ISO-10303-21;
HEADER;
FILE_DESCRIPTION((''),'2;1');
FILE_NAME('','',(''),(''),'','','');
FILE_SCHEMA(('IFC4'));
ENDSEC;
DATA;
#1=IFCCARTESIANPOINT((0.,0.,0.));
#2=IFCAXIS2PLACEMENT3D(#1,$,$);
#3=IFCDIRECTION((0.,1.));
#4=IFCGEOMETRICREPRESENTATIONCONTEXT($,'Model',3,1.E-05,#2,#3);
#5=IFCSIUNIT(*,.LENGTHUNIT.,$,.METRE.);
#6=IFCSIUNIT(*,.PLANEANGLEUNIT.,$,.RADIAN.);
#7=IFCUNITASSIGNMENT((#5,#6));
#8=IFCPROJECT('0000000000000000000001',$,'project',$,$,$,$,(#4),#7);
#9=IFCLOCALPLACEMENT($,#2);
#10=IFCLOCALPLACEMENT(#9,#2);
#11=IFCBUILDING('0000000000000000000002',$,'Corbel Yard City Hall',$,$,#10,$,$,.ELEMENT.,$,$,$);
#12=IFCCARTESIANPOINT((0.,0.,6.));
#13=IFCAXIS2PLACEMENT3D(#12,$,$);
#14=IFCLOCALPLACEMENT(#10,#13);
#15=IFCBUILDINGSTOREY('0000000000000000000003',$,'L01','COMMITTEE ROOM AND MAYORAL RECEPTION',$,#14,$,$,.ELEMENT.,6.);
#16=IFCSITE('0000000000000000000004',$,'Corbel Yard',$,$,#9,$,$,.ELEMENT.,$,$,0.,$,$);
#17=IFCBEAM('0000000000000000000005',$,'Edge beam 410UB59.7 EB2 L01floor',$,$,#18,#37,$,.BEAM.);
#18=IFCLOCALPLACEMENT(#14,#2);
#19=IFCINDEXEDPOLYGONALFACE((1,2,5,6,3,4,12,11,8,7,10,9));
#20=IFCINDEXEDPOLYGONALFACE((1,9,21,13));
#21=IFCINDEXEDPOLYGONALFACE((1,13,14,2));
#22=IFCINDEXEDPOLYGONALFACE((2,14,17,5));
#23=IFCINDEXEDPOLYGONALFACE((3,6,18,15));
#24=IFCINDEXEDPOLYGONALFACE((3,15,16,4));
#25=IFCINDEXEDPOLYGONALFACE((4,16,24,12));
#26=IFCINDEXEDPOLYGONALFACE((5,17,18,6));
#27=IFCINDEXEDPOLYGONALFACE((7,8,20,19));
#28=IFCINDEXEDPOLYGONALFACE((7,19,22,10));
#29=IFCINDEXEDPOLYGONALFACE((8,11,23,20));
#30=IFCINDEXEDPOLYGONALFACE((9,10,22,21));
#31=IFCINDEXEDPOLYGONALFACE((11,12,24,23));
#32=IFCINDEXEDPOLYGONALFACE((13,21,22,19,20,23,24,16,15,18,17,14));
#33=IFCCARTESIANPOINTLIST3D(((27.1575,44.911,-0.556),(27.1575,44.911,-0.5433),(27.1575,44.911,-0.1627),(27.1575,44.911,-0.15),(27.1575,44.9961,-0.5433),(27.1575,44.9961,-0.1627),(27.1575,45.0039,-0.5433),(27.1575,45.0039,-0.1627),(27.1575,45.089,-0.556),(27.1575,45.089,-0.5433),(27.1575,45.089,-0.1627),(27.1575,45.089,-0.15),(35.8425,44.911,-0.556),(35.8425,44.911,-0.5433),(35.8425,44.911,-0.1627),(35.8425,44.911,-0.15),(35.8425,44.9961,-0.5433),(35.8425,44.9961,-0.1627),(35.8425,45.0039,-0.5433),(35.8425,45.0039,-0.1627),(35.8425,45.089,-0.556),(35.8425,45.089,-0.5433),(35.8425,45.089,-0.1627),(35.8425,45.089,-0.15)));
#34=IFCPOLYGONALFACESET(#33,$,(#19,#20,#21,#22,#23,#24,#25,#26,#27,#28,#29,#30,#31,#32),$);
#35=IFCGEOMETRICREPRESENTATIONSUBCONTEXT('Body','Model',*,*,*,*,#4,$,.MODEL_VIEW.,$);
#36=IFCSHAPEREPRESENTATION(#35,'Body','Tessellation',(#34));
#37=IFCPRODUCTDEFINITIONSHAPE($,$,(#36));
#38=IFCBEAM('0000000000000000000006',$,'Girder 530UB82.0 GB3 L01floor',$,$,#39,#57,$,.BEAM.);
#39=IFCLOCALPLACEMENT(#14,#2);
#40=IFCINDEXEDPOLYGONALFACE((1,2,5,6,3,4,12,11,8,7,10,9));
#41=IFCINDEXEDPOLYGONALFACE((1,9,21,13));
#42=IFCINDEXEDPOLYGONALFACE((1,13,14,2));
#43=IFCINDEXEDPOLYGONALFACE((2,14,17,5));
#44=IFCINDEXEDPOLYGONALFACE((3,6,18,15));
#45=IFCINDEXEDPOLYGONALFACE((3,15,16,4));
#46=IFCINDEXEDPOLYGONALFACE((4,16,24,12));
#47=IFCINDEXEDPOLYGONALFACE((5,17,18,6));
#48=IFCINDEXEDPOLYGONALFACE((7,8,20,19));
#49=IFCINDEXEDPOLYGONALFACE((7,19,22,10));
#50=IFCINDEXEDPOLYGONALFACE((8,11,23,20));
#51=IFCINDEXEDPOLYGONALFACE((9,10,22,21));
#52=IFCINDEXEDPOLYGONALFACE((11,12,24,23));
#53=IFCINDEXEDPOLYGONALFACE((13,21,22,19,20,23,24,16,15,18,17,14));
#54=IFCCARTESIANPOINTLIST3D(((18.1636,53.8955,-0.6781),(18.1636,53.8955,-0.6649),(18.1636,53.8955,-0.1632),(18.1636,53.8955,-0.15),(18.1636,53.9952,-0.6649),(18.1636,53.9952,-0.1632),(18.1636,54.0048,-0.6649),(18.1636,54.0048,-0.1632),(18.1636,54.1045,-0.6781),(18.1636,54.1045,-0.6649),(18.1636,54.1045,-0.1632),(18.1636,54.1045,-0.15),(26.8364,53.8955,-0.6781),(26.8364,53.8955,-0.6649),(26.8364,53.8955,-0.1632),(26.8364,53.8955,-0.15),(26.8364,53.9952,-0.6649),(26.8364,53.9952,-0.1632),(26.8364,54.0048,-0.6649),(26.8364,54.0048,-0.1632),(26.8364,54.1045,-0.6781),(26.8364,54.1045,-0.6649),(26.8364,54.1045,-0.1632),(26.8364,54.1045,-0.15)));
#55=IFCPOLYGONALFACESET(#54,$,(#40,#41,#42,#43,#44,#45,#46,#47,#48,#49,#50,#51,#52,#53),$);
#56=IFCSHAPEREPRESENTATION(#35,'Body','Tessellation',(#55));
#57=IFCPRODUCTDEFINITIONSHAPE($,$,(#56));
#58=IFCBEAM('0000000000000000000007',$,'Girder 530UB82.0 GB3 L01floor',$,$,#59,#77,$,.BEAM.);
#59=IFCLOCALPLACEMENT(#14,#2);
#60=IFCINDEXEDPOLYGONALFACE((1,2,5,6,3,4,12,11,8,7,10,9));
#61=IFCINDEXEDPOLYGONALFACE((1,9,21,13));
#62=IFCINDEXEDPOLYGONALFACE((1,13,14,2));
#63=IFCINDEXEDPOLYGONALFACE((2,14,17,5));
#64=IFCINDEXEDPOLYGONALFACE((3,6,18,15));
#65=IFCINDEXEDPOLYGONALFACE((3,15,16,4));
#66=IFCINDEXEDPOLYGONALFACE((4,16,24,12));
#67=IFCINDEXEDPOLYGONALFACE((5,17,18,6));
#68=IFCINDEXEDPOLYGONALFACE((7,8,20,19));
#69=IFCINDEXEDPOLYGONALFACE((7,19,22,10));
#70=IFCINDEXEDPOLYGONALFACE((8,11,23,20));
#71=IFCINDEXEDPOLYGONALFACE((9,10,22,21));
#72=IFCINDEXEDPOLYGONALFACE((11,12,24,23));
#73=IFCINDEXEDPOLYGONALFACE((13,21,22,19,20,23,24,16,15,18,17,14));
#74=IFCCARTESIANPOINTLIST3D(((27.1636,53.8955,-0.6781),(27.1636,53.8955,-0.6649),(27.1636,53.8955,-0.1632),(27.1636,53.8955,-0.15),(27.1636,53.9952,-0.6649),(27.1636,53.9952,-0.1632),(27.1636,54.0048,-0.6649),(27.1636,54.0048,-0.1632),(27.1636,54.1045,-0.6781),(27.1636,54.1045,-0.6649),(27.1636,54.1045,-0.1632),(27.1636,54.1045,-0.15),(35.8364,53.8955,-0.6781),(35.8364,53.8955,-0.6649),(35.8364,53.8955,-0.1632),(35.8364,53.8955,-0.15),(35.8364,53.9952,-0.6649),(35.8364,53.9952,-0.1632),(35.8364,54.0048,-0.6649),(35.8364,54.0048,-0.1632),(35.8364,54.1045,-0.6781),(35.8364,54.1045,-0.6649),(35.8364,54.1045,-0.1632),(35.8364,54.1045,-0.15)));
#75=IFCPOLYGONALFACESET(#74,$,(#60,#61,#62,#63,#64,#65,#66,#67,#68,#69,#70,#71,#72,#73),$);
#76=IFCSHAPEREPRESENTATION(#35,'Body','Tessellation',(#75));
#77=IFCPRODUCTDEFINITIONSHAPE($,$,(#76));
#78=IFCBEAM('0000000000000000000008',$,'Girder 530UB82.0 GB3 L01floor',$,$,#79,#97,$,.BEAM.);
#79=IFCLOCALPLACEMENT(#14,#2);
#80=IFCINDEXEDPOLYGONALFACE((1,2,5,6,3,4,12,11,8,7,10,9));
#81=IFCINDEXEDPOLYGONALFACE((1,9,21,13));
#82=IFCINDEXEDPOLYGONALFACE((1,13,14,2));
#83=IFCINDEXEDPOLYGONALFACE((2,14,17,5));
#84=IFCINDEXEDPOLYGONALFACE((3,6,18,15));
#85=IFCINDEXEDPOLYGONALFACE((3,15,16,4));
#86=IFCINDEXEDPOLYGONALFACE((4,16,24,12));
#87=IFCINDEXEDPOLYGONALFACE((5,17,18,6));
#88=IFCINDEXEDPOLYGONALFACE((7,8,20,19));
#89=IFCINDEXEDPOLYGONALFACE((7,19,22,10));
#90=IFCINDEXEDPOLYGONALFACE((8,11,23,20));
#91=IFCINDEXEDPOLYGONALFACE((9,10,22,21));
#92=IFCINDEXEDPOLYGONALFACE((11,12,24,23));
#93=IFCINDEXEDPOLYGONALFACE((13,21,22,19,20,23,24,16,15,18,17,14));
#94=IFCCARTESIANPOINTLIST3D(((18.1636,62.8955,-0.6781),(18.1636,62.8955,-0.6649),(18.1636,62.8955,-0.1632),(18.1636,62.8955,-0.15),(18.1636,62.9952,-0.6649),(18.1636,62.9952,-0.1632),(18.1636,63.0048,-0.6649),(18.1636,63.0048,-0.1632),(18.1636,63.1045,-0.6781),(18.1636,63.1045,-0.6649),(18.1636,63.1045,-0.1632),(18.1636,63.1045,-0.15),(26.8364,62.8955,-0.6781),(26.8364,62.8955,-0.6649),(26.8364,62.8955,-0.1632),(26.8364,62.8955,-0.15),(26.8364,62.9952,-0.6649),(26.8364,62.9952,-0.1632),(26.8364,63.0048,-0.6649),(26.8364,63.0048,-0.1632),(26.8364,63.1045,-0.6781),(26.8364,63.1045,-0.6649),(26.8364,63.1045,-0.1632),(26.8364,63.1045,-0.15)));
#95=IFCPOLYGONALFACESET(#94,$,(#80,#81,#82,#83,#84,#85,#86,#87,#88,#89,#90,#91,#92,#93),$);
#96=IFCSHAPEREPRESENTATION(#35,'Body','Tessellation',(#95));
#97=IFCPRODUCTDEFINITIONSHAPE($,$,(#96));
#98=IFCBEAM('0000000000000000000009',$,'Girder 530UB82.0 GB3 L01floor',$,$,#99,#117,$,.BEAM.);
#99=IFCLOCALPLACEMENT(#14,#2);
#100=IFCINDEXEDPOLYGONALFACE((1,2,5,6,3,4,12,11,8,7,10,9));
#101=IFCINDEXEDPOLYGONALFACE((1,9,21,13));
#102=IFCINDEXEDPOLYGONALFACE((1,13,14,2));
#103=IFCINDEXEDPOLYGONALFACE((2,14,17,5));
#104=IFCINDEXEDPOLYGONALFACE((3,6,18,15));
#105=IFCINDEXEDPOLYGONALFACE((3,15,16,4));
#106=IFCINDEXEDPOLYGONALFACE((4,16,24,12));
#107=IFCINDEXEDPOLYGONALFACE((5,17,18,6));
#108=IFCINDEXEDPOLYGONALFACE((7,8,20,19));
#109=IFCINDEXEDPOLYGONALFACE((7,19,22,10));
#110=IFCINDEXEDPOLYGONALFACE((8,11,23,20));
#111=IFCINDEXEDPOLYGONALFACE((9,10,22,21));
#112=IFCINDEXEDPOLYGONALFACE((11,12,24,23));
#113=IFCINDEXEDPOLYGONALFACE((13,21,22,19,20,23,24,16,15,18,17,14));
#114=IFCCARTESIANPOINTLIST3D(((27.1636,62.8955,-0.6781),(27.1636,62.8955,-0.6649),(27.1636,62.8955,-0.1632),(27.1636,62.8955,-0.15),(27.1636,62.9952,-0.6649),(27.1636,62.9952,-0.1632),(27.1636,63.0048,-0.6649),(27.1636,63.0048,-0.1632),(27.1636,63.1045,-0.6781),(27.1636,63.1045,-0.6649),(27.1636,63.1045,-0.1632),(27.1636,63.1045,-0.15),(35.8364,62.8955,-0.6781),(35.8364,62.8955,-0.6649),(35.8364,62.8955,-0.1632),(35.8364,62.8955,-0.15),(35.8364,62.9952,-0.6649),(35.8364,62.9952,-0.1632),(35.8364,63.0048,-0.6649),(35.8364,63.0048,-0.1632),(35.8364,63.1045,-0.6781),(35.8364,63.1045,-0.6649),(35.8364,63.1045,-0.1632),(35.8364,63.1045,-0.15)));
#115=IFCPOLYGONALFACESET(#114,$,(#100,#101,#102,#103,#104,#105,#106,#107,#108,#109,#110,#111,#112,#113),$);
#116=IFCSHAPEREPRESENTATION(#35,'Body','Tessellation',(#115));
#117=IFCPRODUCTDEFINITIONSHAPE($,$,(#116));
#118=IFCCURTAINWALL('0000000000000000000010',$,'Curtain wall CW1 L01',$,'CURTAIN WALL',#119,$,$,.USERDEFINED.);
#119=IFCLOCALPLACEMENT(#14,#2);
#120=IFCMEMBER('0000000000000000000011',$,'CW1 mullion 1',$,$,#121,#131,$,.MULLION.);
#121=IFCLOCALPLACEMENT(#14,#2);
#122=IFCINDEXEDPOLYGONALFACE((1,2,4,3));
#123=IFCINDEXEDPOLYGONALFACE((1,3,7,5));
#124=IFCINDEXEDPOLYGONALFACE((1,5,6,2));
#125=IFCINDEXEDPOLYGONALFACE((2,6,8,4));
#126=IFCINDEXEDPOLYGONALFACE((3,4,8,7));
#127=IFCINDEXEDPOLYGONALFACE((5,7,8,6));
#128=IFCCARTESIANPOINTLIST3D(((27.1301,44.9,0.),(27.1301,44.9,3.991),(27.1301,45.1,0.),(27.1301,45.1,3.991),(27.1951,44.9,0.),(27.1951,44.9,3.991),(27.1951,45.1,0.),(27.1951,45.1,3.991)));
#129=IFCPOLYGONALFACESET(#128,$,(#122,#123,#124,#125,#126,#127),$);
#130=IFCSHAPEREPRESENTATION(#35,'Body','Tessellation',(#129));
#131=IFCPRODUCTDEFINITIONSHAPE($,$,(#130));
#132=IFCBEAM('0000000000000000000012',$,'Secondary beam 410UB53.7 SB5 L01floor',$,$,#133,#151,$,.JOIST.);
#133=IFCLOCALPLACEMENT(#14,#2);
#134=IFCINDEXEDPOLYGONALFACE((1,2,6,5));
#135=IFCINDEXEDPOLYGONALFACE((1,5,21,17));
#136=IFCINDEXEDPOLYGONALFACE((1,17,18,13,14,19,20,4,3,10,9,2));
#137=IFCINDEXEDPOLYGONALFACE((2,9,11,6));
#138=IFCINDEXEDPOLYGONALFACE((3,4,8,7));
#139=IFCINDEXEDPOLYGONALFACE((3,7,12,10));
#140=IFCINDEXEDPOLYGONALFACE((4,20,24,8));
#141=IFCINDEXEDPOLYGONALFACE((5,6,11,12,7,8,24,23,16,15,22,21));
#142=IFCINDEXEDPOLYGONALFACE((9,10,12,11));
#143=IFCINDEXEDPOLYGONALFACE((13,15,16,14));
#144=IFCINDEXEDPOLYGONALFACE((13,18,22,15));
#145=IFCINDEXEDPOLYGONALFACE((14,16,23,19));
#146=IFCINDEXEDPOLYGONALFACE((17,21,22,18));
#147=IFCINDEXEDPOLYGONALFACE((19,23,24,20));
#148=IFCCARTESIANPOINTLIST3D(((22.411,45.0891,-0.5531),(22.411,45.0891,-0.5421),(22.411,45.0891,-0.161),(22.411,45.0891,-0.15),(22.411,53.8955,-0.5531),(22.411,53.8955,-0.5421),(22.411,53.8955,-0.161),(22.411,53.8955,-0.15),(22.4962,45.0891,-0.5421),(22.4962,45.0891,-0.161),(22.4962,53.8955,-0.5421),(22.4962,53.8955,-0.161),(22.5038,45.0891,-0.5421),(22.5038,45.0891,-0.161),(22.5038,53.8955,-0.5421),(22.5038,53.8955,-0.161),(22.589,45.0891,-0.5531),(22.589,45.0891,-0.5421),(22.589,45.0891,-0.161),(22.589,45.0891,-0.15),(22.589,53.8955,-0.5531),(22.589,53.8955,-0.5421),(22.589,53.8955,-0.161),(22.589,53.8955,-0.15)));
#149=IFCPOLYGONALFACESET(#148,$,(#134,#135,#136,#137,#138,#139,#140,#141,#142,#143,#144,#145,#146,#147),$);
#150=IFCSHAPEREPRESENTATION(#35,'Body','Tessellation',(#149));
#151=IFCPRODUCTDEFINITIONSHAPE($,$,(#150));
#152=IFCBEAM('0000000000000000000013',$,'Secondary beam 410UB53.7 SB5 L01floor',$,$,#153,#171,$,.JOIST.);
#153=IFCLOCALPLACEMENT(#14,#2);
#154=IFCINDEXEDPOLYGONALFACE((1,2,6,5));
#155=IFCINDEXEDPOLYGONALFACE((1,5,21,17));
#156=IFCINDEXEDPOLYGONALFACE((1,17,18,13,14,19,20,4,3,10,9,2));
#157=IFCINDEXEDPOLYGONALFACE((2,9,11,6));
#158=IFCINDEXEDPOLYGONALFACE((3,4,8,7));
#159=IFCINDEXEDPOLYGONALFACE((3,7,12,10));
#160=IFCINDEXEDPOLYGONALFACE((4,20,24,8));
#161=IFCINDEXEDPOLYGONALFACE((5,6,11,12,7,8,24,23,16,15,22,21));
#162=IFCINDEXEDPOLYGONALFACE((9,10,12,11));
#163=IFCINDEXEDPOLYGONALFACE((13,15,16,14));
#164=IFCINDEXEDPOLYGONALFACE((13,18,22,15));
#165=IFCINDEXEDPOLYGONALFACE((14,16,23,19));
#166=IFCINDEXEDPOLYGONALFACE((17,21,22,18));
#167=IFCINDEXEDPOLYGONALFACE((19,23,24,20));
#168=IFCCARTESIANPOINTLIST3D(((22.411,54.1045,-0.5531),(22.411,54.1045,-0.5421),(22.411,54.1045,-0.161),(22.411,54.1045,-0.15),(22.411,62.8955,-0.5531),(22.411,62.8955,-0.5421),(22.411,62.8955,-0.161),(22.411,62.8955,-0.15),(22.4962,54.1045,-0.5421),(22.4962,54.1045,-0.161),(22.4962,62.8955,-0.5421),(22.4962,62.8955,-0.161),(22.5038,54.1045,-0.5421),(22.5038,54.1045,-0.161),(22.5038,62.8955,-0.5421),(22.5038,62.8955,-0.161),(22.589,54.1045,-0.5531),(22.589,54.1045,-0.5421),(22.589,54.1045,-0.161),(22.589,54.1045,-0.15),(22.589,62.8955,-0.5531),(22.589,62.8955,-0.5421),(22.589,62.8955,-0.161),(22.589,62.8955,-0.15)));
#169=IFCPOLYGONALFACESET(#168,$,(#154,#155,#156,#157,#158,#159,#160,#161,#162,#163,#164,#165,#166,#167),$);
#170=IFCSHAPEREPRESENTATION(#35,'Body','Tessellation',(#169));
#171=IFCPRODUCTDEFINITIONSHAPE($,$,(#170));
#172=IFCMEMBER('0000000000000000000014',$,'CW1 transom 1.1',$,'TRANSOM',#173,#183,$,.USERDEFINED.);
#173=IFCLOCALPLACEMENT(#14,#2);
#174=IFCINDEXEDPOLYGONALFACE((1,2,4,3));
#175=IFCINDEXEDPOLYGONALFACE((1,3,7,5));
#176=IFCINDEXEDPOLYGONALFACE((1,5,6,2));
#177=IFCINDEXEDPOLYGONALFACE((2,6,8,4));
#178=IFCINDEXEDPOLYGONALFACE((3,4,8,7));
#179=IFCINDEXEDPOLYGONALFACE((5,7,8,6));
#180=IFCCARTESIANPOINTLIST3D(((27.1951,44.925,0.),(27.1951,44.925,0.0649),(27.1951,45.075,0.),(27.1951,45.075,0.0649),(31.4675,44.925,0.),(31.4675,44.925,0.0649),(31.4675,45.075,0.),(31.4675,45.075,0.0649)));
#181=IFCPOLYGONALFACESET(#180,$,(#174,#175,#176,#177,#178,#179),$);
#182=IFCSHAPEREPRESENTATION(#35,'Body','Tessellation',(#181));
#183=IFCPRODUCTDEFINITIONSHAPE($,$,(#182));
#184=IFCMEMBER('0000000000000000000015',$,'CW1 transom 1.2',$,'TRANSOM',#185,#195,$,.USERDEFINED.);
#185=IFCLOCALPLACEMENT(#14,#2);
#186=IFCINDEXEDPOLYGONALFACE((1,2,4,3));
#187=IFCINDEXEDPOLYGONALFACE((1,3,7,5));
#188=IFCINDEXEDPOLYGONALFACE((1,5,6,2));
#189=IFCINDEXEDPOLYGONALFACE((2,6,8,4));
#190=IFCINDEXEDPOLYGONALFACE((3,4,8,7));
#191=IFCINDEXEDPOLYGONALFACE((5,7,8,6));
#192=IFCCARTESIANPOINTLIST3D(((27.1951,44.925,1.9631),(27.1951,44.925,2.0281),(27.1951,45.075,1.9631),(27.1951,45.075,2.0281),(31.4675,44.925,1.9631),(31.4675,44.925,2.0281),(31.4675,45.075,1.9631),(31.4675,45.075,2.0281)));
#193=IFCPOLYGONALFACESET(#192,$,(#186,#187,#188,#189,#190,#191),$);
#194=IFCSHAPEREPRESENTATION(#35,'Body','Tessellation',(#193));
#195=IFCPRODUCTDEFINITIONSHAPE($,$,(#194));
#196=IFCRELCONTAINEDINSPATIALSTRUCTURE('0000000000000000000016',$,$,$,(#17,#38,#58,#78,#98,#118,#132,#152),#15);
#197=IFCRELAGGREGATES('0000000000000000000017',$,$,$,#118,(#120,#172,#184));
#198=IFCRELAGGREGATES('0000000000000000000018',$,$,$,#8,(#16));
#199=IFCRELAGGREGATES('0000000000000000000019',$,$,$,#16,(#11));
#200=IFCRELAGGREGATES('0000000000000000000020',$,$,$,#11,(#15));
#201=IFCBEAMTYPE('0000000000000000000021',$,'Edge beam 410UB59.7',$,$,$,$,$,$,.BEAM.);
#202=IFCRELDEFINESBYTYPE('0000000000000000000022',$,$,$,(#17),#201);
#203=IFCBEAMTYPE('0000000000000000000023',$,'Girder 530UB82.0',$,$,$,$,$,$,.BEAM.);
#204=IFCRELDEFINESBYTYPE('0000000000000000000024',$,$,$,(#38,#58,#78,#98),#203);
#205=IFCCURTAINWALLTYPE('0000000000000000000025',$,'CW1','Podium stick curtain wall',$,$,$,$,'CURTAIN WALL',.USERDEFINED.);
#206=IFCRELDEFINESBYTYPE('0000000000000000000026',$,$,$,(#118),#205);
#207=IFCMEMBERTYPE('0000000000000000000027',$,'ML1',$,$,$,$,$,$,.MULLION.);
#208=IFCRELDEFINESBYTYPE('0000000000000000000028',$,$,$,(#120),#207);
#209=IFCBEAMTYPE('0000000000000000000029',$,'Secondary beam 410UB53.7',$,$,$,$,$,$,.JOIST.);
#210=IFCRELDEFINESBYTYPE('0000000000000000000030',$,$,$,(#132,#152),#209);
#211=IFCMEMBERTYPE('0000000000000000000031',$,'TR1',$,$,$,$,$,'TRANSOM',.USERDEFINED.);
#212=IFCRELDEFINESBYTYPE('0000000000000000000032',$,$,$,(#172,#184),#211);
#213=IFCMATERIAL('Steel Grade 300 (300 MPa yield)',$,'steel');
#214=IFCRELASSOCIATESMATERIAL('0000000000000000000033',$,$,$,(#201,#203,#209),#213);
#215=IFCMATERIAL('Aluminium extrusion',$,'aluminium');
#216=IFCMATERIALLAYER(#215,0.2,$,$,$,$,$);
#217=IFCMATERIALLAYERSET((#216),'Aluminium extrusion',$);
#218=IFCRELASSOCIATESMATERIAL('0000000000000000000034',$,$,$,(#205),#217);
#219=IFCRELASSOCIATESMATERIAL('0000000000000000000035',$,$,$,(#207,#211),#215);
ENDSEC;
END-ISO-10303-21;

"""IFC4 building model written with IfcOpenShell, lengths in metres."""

from ifc_helpers import new_model, si_unit, direction, frame, origin, origin_2d, place, context, subcontext, project, spatial, rectangle, i_section, extrude, material, layer, layer_set, material_profile, profile_set, type_object, element, aggregate, save


model = new_model("IFC4")

# Units and contexts
model_context = context("Model", 3, precision=1e-05, world=origin(), true_north=direction((0.0, 1.0)))
body_context = subcontext(model_context, "Body", "Model", "MODEL_VIEW")
ifc_project = project(units=[si_unit("LENGTHUNIT", "METRE"), si_unit("PLANEANGLEUNIT", "RADIAN")], contexts=[model_context])

# Site, building, storey
site_placement = place(None, origin())
site = spatial("IfcSite", under=ifc_project, at=site_placement, Name="Corbel Yard", CompositionType="ELEMENT", RefElevation=0.0)
building_placement = place(site_placement, origin())
building = spatial("IfcBuilding", under=site, at=building_placement, Name="Corbel Yard City Hall", CompositionType="ELEMENT")
storey_placement = place(building_placement, frame((0.0, 0.0, 6.0)))
storey = spatial("IfcBuildingStorey", under=building, at=storey_placement, Name="L01", Description="COMMITTEE ROOM AND MAYORAL RECEPTION", CompositionType="ELEMENT", Elevation=6.0)

# Shared definitions
ifc_material_1 = material(Name="Steel Grade 300 (300 MPa yield)", Category="steel")

# Beams
ifc_material_profile_1 = material_profile(ifc_material_1, i_section(OverallWidth=0.178, OverallDepth=0.406, WebThickness=0.0078, FlangeThickness=0.0127, at=origin_2d()), Name="410UB59.7")
ifc_profile_set_1 = profile_set([ifc_material_profile_1], Name="Steel Grade 300 (300 MPa yield)")
beam_type_1 = type_object("IfcBeamType", Name="Edge beam 410UB59.7", PredefinedType="BEAM", material=ifc_profile_set_1)
beam_1_placement = place(storey_placement, frame((27.1575, 45.0, -0.353), z_axis=(1.0, 0.0, 0.0), x_axis=(0.0, 1.0, 0.0)))
element("IfcBeam", 1, at=beam_1_placement, inside=storey, type_object=beam_type_1, Name="Edge beam 410UB59.7 EB2 L01floor", PredefinedType="BEAM", context=body_context, shape_type="SweptSolid", body=[
    extrude(i_section(OverallWidth=0.178, OverallDepth=0.406, WebThickness=0.0078, FlangeThickness=0.0127, at=origin_2d()), origin(), (0.0, 0.0, 1.0), 8.6851),
])
ifc_material_profile_2 = material_profile(ifc_material_1, i_section(OverallWidth=0.209, OverallDepth=0.5281, WebThickness=0.0095, FlangeThickness=0.0132, at=origin_2d()), Name="530UB82.0")
ifc_profile_set_2 = profile_set([ifc_material_profile_2], Name="Steel Grade 300 (300 MPa yield)")
beam_type_2 = type_object("IfcBeamType", Name="Girder 530UB82.0", PredefinedType="BEAM", material=ifc_profile_set_2)
for number, where, z_axis, x_axis, name in (
    (2, (18.1636, 54.0, -0.4141), (1.0, 0.0, 0.0), (0.0, 1.0, 0.0), "Girder 530UB82.0 GB3 L01floor"),
    (3, (27.1636, 54.0, -0.4141), (1.0, 0.0, 0.0), (0.0, 1.0, 0.0), "Girder 530UB82.0 GB3 L01floor"),
    (4, (18.1636, 63.0, -0.4141), (1.0, 0.0, 0.0), (0.0, 1.0, 0.0), "Girder 530UB82.0 GB3 L01floor"),
    (5, (27.1636, 63.0, -0.4141), (1.0, 0.0, 0.0), (0.0, 1.0, 0.0), "Girder 530UB82.0 GB3 L01floor"),
):
    element("IfcBeam", number, at=place(storey_placement, frame(where, z_axis=z_axis, x_axis=x_axis)), inside=storey, type_object=beam_type_2, Name=name, PredefinedType="BEAM", context=body_context, shape_type="SweptSolid", body=[
        extrude(i_section(OverallWidth=0.209, OverallDepth=0.5281, WebThickness=0.0095, FlangeThickness=0.0132, at=origin_2d()), origin(), (0.0, 0.0, 1.0), 8.6729),
    ])

# Curtain wall, member
ifc_material_2 = material(Name="Aluminium extrusion", Category="aluminium")
ifc_layer_1 = layer(ifc_material_2, 0.2)
ifc_layer_set_1 = layer_set([ifc_layer_1], Name="Aluminium extrusion")
curtain_wall_type = type_object("IfcCurtainWallType", Name="CW1", Description="Podium stick curtain wall", ElementType="CURTAIN WALL", PredefinedType="USERDEFINED", material=ifc_layer_set_1)
curtain_wall_placement = place(storey_placement, origin())
curtain_wall = element("IfcCurtainWall", 6, at=curtain_wall_placement, inside=storey, type_object=curtain_wall_type, Name="Curtain wall CW1 L01", ObjectType="CURTAIN WALL", PredefinedType="USERDEFINED")
ifc_material_profile_3 = material_profile(ifc_material_2, rectangle(XDim=0.2, YDim=0.0649, at=origin_2d()), Name="200x65")
ifc_profile_set_3 = profile_set([ifc_material_profile_3], Name="Aluminium extrusion")
member_type_1 = type_object("IfcMemberType", Name="ML1", PredefinedType="MULLION", material=ifc_profile_set_3)
member_1_placement = place(storey_placement, frame((27.1626, 45.0, 0.0), z_axis=(0.0, 0.0, 1.0), x_axis=(0.0, 1.0, 0.0)))
member_1 = element("IfcMember", 7, at=member_1_placement, type_object=member_type_1, Name="CW1 mullion 1", PredefinedType="MULLION", context=body_context, shape_type="SweptSolid", body=[
    extrude(rectangle(XDim=0.2, YDim=0.0649, at=origin_2d()), origin(), (0.0, 0.0, 1.0), 3.991),
])

# Beams
ifc_material_profile_4 = material_profile(ifc_material_1, i_section(OverallWidth=0.178, OverallDepth=0.4031, WebThickness=0.0076, FlangeThickness=0.011, at=origin_2d()), Name="410UB53.7")
ifc_profile_set_4 = profile_set([ifc_material_profile_4], Name="Steel Grade 300 (300 MPa yield)")
beam_type_3 = type_object("IfcBeamType", Name="Secondary beam 410UB53.7", PredefinedType="JOIST", material=ifc_profile_set_4)
beam_2_placement = place(storey_placement, frame((22.5, 45.0891, -0.3516), z_axis=(0.0, 1.0, 0.0), x_axis=(-1.0, 0.0, 0.0)))
element("IfcBeam", 8, at=beam_2_placement, inside=storey, type_object=beam_type_3, Name="Secondary beam 410UB53.7 SB5 L01floor", PredefinedType="JOIST", context=body_context, shape_type="SweptSolid", body=[
    extrude(i_section(OverallWidth=0.178, OverallDepth=0.4031, WebThickness=0.0076, FlangeThickness=0.011, at=origin_2d()), origin(), (0.0, 0.0, 1.0), 8.8064),
])
beam_3_placement = place(storey_placement, frame((22.5, 54.1045, -0.3516), z_axis=(0.0, 1.0, 0.0), x_axis=(-1.0, 0.0, 0.0)))
element("IfcBeam", 9, at=beam_3_placement, inside=storey, type_object=beam_type_3, Name="Secondary beam 410UB53.7 SB5 L01floor", PredefinedType="JOIST", context=body_context, shape_type="SweptSolid", body=[
    extrude(i_section(OverallWidth=0.178, OverallDepth=0.4031, WebThickness=0.0076, FlangeThickness=0.011, at=origin_2d()), origin(), (0.0, 0.0, 1.0), 8.791),
])

# Members
ifc_material_profile_5 = material_profile(ifc_material_2, rectangle(XDim=0.1499, YDim=0.0649, at=origin_2d()), Name="150x65")
ifc_profile_set_5 = profile_set([ifc_material_profile_5], Name="Aluminium extrusion")
member_type_2 = type_object("IfcMemberType", Name="TR1", ElementType="TRANSOM", PredefinedType="USERDEFINED", material=ifc_profile_set_5)
member_2_placement = place(storey_placement, frame((27.1951, 45.0, 0.0325), z_axis=(1.0, 0.0, 0.0), x_axis=(0.0, 1.0, 0.0)))
member_2 = element("IfcMember", 10, at=member_2_placement, type_object=member_type_2, Name="CW1 transom 1.1", ObjectType="TRANSOM", PredefinedType="USERDEFINED", context=body_context, shape_type="SweptSolid", body=[
    extrude(rectangle(XDim=0.1499, YDim=0.0649, at=origin_2d()), origin(), (0.0, 0.0, 1.0), 4.2725),
])
member_3_placement = place(storey_placement, frame((27.1951, 45.0, 1.9956), z_axis=(1.0, 0.0, 0.0), x_axis=(0.0, 1.0, 0.0)))
member_3 = element("IfcMember", 11, at=member_3_placement, type_object=member_type_2, Name="CW1 transom 1.2", ObjectType="TRANSOM", PredefinedType="USERDEFINED", context=body_context, shape_type="SweptSolid", body=[
    extrude(rectangle(XDim=0.1499, YDim=0.0649, at=origin_2d()), origin(), (0.0, 0.0, 1.0), 4.2725),
])

aggregate(curtain_wall, [member_1, member_2, member_3])

save(model, "model.ifc")
